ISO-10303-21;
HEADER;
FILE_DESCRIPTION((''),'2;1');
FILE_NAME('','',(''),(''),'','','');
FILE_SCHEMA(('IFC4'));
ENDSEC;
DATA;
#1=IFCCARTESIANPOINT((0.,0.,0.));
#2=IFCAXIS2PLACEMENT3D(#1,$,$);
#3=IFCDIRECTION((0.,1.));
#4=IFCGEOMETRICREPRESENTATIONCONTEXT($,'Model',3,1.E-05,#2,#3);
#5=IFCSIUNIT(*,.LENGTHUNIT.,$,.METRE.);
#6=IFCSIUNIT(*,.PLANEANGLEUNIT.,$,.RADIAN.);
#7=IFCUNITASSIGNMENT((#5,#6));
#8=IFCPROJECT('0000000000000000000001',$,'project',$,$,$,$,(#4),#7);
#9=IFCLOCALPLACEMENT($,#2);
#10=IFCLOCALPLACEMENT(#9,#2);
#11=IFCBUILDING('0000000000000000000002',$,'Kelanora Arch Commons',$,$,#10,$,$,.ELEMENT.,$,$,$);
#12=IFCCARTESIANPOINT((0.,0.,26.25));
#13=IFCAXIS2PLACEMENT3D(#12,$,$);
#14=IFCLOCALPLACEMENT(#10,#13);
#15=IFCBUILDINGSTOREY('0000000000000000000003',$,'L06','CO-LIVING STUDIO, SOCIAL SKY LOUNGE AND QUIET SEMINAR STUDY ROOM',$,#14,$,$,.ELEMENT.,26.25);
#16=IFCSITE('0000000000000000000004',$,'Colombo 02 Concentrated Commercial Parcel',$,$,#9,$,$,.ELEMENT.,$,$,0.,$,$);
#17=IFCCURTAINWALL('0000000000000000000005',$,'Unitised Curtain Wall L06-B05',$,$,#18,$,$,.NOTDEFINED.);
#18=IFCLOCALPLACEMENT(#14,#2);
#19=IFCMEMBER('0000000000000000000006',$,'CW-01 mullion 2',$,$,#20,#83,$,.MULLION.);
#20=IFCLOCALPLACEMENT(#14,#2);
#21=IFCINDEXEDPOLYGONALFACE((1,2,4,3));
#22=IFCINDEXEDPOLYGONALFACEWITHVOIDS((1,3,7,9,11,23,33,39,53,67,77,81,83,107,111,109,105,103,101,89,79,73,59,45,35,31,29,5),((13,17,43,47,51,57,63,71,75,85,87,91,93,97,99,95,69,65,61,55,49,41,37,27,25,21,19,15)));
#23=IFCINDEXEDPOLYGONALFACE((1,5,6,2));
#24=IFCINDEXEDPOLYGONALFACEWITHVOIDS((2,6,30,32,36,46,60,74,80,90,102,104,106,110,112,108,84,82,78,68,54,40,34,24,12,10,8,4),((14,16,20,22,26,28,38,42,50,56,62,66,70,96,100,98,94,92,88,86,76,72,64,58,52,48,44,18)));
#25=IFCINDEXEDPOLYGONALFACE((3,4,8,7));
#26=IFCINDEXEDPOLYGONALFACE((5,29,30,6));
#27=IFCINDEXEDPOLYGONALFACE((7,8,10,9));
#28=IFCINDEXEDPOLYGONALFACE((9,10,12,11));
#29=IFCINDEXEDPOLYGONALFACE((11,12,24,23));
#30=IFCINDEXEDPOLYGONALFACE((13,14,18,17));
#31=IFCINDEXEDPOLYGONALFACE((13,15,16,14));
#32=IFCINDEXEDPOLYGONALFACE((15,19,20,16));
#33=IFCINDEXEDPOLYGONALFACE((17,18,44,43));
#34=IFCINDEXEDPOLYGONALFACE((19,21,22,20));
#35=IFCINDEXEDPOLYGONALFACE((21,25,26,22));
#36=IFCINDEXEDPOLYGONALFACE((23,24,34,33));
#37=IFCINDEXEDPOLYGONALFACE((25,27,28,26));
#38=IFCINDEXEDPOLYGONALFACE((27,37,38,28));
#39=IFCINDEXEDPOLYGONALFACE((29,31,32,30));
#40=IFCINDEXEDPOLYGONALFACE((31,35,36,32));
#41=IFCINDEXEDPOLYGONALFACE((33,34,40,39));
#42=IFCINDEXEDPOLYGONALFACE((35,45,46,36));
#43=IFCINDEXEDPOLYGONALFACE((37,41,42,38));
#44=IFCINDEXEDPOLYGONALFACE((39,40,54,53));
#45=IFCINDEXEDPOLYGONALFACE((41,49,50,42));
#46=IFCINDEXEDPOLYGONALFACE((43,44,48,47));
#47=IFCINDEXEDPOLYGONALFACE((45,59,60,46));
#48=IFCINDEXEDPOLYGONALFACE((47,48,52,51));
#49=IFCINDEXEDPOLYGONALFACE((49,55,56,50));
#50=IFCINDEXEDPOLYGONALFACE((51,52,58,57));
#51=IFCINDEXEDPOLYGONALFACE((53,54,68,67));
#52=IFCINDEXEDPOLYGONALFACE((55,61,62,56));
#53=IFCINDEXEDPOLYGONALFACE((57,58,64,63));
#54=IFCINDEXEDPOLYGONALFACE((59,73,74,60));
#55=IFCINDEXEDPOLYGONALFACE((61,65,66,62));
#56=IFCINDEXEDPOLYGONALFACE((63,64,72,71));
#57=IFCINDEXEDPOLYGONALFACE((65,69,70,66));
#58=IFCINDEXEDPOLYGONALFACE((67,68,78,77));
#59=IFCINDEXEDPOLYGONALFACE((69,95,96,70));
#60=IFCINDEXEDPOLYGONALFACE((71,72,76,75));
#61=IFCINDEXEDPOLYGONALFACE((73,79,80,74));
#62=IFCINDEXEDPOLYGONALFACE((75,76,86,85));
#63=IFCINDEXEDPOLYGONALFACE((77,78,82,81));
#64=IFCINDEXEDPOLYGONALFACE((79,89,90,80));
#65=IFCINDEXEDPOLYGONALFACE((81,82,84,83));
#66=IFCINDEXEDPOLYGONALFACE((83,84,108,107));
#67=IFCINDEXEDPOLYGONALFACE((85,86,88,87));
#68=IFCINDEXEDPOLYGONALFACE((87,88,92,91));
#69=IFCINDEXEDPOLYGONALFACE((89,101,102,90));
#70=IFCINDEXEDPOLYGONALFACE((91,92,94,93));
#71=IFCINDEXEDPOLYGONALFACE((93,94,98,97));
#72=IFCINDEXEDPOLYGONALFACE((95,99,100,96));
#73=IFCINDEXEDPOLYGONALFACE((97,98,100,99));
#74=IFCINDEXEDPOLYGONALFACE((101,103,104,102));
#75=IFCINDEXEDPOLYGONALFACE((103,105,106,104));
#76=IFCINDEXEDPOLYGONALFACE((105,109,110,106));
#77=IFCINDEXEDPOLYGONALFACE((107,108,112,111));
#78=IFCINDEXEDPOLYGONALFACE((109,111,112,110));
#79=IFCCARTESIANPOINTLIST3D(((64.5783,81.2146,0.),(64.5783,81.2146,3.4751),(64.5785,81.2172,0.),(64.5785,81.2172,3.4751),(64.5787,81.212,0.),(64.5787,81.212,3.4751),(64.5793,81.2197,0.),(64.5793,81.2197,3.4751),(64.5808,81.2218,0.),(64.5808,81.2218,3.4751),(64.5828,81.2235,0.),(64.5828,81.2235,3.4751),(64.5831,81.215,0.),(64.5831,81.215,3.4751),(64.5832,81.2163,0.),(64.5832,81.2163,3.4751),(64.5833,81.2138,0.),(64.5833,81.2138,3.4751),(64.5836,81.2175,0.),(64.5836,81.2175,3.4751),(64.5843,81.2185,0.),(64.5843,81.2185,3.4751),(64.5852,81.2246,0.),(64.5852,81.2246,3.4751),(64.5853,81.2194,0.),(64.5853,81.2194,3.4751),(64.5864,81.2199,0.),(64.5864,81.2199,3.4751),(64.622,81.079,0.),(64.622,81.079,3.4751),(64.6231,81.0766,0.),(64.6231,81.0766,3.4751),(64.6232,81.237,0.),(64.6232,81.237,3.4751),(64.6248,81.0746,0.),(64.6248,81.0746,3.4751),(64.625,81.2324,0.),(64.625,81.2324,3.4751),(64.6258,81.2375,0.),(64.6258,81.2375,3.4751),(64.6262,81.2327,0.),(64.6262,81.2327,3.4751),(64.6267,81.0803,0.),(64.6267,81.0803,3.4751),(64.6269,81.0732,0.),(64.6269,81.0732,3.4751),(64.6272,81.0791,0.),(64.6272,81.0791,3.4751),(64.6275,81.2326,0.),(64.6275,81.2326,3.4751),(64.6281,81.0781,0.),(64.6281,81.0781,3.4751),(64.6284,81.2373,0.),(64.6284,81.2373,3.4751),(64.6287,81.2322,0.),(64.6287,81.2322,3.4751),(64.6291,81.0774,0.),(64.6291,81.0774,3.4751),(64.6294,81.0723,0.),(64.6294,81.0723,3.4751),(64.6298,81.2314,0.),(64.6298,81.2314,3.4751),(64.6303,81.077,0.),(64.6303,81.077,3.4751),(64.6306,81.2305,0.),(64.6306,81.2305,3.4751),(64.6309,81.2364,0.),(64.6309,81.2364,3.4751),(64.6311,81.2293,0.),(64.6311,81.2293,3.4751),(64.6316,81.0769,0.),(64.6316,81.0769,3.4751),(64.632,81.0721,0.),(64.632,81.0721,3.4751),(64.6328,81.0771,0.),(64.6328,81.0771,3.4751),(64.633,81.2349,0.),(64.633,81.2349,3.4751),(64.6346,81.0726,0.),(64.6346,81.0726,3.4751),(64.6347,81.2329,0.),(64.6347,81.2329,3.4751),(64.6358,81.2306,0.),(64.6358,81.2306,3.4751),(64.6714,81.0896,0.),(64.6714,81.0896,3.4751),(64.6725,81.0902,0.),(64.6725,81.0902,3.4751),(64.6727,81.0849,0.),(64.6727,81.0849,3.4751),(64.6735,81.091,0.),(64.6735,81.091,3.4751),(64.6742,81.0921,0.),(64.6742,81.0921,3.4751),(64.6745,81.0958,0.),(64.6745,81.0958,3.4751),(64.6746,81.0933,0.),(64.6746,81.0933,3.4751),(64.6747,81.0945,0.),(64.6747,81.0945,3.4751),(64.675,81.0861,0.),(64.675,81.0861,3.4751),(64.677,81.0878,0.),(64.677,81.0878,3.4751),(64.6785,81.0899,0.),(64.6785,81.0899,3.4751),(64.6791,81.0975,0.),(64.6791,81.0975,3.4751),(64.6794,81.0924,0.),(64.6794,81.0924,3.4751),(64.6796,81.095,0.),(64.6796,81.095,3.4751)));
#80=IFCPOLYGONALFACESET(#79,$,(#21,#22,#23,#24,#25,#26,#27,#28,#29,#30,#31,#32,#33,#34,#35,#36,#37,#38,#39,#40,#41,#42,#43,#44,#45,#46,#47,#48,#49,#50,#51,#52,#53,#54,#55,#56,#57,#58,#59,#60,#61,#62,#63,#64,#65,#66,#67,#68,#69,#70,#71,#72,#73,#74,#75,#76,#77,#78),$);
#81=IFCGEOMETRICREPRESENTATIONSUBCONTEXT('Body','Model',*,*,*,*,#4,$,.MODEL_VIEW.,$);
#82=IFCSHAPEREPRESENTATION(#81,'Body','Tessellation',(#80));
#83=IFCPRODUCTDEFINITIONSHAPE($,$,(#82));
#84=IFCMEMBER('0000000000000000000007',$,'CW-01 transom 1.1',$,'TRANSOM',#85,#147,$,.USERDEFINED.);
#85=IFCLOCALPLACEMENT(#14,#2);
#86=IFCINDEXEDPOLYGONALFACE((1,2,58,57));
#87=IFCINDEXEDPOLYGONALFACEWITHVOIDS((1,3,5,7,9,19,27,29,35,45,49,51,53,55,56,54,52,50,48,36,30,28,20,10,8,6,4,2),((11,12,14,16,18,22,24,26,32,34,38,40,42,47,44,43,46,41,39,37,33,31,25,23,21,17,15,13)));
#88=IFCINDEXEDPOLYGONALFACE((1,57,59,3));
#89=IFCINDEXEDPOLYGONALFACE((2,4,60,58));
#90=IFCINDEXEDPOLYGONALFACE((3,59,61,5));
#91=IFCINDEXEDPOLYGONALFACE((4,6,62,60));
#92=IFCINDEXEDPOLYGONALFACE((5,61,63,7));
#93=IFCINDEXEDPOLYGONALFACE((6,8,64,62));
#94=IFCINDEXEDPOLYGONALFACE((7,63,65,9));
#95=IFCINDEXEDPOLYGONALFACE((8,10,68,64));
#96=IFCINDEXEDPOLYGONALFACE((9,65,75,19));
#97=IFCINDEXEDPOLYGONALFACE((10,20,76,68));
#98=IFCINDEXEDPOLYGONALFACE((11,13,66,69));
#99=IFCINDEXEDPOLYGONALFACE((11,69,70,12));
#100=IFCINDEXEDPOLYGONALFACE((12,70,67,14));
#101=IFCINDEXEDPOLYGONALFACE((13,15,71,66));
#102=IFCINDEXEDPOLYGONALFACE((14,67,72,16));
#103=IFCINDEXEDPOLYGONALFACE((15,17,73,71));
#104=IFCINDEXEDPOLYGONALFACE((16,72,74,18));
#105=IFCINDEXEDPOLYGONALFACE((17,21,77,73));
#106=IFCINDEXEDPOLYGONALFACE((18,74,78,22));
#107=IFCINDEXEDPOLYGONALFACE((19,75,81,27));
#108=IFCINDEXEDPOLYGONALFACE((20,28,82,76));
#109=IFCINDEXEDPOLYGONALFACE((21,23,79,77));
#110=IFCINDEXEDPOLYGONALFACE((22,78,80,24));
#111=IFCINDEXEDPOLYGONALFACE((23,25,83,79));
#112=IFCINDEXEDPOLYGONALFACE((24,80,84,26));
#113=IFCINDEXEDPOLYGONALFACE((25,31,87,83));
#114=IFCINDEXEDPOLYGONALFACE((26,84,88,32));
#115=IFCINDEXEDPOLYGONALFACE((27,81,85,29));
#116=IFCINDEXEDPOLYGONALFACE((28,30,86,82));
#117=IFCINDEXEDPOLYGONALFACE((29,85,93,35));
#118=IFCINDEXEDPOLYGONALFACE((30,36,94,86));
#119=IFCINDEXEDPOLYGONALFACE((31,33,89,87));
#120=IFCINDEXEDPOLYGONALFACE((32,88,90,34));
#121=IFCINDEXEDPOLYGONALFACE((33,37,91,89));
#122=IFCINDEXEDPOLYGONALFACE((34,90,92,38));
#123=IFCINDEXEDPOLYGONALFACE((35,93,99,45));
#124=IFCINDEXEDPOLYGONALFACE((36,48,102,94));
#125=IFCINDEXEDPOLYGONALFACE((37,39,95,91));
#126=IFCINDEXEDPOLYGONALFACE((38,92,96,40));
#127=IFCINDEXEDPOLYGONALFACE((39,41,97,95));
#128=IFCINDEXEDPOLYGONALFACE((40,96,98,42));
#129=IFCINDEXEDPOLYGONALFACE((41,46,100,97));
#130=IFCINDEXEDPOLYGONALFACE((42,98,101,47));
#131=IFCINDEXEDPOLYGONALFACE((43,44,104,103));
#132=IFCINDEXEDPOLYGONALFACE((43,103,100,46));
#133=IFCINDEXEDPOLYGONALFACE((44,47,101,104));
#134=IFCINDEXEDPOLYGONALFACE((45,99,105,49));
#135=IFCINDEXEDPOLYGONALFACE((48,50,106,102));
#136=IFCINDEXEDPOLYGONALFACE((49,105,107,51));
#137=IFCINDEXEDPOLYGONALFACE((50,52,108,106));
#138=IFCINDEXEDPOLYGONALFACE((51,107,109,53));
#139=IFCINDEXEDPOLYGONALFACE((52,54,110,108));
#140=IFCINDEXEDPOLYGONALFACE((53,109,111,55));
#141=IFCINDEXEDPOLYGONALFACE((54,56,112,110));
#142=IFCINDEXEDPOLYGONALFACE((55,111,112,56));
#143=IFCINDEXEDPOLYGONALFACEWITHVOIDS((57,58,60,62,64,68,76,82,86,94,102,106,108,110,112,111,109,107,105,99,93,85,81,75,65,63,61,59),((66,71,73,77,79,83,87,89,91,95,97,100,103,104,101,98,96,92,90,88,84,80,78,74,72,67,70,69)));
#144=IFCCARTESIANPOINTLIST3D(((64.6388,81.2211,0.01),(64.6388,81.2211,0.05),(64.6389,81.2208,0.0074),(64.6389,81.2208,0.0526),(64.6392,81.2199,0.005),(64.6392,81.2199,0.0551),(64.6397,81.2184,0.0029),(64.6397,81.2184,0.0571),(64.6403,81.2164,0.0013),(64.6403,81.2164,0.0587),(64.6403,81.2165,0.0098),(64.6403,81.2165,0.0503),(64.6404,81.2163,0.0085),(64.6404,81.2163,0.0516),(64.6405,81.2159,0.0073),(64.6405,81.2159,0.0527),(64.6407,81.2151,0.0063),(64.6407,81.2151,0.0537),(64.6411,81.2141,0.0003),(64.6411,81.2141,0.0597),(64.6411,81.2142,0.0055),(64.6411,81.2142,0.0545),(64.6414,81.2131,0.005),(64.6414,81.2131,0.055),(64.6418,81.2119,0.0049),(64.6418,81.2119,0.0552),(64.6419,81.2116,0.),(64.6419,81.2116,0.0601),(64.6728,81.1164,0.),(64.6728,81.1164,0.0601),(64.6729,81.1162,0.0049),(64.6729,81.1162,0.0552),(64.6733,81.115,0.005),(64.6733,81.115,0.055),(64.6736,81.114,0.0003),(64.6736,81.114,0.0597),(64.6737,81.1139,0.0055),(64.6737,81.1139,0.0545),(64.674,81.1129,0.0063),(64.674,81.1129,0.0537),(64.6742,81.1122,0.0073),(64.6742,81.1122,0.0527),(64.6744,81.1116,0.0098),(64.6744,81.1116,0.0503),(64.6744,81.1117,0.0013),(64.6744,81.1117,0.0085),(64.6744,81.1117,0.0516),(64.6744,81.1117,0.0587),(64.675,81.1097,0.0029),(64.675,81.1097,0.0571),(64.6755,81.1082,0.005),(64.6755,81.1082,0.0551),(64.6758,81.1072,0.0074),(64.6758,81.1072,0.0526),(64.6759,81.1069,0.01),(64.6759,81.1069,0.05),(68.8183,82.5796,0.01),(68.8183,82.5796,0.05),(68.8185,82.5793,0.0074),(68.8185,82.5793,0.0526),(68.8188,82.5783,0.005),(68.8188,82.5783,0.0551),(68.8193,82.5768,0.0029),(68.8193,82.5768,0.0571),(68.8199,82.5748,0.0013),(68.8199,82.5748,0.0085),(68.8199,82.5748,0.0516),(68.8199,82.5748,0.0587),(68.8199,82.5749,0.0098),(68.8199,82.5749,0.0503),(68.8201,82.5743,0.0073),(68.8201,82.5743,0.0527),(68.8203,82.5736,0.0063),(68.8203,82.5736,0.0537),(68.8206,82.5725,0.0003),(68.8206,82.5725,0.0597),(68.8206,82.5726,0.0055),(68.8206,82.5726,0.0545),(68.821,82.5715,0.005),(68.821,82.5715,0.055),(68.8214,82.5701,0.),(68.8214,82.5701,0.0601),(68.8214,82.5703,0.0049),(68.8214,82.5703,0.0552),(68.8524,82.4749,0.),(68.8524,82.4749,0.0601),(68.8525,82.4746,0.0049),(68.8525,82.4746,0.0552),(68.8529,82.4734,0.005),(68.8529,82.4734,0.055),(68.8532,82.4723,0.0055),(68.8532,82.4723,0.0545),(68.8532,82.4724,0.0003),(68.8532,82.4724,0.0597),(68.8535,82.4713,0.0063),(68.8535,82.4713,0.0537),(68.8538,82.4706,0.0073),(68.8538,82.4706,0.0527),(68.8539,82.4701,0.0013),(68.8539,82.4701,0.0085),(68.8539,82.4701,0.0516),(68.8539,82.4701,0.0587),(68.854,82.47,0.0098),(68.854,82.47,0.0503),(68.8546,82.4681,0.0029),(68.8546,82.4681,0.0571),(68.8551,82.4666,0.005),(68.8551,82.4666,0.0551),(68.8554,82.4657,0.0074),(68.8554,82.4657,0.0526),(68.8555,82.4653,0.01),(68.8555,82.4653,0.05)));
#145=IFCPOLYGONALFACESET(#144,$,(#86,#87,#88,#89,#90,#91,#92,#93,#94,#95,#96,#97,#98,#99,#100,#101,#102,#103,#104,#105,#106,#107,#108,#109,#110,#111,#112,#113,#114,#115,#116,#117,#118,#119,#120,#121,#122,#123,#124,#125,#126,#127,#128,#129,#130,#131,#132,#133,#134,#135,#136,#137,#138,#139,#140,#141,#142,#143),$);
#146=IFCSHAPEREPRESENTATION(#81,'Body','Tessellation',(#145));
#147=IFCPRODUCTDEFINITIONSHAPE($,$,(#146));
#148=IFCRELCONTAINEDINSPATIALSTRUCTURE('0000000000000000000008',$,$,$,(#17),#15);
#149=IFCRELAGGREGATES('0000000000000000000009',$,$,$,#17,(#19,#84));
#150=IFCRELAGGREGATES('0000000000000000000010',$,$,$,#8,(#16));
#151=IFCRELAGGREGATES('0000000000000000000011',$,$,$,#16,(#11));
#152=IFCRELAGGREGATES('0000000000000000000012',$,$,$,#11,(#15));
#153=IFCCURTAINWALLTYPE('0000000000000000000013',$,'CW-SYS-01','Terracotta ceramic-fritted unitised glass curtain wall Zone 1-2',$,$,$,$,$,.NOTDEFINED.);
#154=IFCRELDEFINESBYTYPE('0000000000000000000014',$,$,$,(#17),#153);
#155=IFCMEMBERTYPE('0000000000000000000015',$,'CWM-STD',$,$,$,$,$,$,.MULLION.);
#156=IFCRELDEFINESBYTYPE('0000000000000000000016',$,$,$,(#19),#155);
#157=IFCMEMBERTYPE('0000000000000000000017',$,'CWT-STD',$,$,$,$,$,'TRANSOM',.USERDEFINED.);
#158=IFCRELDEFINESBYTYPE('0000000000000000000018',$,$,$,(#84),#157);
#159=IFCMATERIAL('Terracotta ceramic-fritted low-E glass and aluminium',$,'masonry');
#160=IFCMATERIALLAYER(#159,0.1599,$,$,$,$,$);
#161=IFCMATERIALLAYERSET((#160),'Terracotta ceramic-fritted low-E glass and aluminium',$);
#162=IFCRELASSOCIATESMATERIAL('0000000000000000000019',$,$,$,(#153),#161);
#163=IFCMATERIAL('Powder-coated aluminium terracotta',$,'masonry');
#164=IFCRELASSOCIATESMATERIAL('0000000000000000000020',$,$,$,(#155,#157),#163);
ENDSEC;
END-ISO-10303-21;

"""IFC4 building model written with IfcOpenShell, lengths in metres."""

from ifc_helpers import new_model, si_unit, direction, frame, origin, origin_2d, place, context, subcontext, project, spatial, hollow_rectangle, extrude, material, layer, layer_set, material_profile, profile_set, type_object, element, aggregate, save


model = new_model("IFC4")

# Units and contexts
model_context = context("Model", 3, precision=1e-05, world=origin(), true_north=direction((0.0, 1.0)))
body_context = subcontext(model_context, "Body", "Model", "MODEL_VIEW")
ifc_project = project(units=[si_unit("LENGTHUNIT", "METRE"), si_unit("PLANEANGLEUNIT", "RADIAN")], contexts=[model_context])

# Site, building, storey
site_placement = place(None, origin())
site = spatial("IfcSite", under=ifc_project, at=site_placement, Name="Colombo 02 Concentrated Commercial Parcel", CompositionType="ELEMENT", RefElevation=0.0)
building_placement = place(site_placement, origin())
building = spatial("IfcBuilding", under=site, at=building_placement, Name="Kelanora Arch Commons", CompositionType="ELEMENT")
storey_placement = place(building_placement, frame((0.0, 0.0, 26.25)))
storey = spatial("IfcBuildingStorey", under=building, at=storey_placement, Name="L06", Description="CO-LIVING STUDIO, SOCIAL SKY LOUNGE AND QUIET SEMINAR STUDY ROOM", CompositionType="ELEMENT", Elevation=26.25)

# Curtain wall, members
ifc_material_1 = material(Name="Terracotta ceramic-fritted low-E glass and aluminium", Category="masonry")
ifc_layer_1 = layer(ifc_material_1, 0.1599)
ifc_layer_set_1 = layer_set([ifc_layer_1], Name="Terracotta ceramic-fritted low-E glass and aluminium")
curtain_wall_type = type_object("IfcCurtainWallType", Name="CW-SYS-01", Description="Terracotta ceramic-fritted unitised glass curtain wall Zone 1-2", PredefinedType="NOTDEFINED", material=ifc_layer_set_1)
curtain_wall_placement = place(storey_placement, origin())
curtain_wall = element("IfcCurtainWall", 1, at=curtain_wall_placement, inside=storey, type_object=curtain_wall_type, Name="Unitised Curtain Wall L06-B05", PredefinedType="NOTDEFINED")
ifc_material_2 = material(Name="Powder-coated aluminium terracotta", Category="masonry")
ifc_material_profile_1 = material_profile(ifc_material_2, hollow_rectangle(XDim=0.1599, YDim=0.0601, WallThickness=0.0049, InnerFilletRadius=0.0049, OuterFilletRadius=0.01, at=origin_2d()), Name="CWM160x60")
ifc_profile_set_1 = profile_set([ifc_material_profile_1], Name="Powder-coated aluminium terracotta")
member_type_1 = type_object("IfcMemberType", Name="CWM-STD", PredefinedType="MULLION", material=ifc_profile_set_1)
member_1_placement = place(storey_placement, frame((64.6289, 81.1548, 0.0), z_axis=(0.0, 0.0, 1.0), x_axis=(0.309058, -0.951043, 0.0)))
member_1 = element("IfcMember", 2, at=member_1_placement, type_object=member_type_1, Name="CW-01 mullion 2", PredefinedType="MULLION", context=body_context, shape_type="SweptSolid", body=[
    extrude(hollow_rectangle(XDim=0.1599, YDim=0.0601, WallThickness=0.0049, InnerFilletRadius=0.0049, OuterFilletRadius=0.01, at=origin_2d()), origin(), (0.0, 0.0, 1.0), 3.4751),
])
ifc_material_profile_2 = material_profile(ifc_material_2, hollow_rectangle(XDim=0.1201, YDim=0.0601, WallThickness=0.0049, InnerFilletRadius=0.0049, OuterFilletRadius=0.01, at=origin_2d()), Name="CWT120x60")
ifc_profile_set_2 = profile_set([ifc_material_profile_2], Name="Powder-coated aluminium terracotta")
member_type_2 = type_object("IfcMemberType", Name="CWT-STD", ElementType="TRANSOM", PredefinedType="USERDEFINED", material=ifc_profile_set_2)
member_2_placement = place(storey_placement, frame((68.8369, 82.5225, 0.03), z_axis=(-0.951029, -0.309102, 0.0), x_axis=(0.309102, -0.951029, 0.0)))
member_2 = element("IfcMember", 3, at=member_2_placement, type_object=member_type_2, Name="CW-01 transom 1.1", ObjectType="TRANSOM", PredefinedType="USERDEFINED", context=body_context, shape_type="SweptSolid", body=[
    extrude(hollow_rectangle(XDim=0.1201, YDim=0.0601, WallThickness=0.0049, InnerFilletRadius=0.0049, OuterFilletRadius=0.01, at=origin_2d()), origin(), (0.0, 0.0, 1.0), 4.3948),
])
aggregate(curtain_wall, [member_1, member_2])

save(model, "model.ifc")
